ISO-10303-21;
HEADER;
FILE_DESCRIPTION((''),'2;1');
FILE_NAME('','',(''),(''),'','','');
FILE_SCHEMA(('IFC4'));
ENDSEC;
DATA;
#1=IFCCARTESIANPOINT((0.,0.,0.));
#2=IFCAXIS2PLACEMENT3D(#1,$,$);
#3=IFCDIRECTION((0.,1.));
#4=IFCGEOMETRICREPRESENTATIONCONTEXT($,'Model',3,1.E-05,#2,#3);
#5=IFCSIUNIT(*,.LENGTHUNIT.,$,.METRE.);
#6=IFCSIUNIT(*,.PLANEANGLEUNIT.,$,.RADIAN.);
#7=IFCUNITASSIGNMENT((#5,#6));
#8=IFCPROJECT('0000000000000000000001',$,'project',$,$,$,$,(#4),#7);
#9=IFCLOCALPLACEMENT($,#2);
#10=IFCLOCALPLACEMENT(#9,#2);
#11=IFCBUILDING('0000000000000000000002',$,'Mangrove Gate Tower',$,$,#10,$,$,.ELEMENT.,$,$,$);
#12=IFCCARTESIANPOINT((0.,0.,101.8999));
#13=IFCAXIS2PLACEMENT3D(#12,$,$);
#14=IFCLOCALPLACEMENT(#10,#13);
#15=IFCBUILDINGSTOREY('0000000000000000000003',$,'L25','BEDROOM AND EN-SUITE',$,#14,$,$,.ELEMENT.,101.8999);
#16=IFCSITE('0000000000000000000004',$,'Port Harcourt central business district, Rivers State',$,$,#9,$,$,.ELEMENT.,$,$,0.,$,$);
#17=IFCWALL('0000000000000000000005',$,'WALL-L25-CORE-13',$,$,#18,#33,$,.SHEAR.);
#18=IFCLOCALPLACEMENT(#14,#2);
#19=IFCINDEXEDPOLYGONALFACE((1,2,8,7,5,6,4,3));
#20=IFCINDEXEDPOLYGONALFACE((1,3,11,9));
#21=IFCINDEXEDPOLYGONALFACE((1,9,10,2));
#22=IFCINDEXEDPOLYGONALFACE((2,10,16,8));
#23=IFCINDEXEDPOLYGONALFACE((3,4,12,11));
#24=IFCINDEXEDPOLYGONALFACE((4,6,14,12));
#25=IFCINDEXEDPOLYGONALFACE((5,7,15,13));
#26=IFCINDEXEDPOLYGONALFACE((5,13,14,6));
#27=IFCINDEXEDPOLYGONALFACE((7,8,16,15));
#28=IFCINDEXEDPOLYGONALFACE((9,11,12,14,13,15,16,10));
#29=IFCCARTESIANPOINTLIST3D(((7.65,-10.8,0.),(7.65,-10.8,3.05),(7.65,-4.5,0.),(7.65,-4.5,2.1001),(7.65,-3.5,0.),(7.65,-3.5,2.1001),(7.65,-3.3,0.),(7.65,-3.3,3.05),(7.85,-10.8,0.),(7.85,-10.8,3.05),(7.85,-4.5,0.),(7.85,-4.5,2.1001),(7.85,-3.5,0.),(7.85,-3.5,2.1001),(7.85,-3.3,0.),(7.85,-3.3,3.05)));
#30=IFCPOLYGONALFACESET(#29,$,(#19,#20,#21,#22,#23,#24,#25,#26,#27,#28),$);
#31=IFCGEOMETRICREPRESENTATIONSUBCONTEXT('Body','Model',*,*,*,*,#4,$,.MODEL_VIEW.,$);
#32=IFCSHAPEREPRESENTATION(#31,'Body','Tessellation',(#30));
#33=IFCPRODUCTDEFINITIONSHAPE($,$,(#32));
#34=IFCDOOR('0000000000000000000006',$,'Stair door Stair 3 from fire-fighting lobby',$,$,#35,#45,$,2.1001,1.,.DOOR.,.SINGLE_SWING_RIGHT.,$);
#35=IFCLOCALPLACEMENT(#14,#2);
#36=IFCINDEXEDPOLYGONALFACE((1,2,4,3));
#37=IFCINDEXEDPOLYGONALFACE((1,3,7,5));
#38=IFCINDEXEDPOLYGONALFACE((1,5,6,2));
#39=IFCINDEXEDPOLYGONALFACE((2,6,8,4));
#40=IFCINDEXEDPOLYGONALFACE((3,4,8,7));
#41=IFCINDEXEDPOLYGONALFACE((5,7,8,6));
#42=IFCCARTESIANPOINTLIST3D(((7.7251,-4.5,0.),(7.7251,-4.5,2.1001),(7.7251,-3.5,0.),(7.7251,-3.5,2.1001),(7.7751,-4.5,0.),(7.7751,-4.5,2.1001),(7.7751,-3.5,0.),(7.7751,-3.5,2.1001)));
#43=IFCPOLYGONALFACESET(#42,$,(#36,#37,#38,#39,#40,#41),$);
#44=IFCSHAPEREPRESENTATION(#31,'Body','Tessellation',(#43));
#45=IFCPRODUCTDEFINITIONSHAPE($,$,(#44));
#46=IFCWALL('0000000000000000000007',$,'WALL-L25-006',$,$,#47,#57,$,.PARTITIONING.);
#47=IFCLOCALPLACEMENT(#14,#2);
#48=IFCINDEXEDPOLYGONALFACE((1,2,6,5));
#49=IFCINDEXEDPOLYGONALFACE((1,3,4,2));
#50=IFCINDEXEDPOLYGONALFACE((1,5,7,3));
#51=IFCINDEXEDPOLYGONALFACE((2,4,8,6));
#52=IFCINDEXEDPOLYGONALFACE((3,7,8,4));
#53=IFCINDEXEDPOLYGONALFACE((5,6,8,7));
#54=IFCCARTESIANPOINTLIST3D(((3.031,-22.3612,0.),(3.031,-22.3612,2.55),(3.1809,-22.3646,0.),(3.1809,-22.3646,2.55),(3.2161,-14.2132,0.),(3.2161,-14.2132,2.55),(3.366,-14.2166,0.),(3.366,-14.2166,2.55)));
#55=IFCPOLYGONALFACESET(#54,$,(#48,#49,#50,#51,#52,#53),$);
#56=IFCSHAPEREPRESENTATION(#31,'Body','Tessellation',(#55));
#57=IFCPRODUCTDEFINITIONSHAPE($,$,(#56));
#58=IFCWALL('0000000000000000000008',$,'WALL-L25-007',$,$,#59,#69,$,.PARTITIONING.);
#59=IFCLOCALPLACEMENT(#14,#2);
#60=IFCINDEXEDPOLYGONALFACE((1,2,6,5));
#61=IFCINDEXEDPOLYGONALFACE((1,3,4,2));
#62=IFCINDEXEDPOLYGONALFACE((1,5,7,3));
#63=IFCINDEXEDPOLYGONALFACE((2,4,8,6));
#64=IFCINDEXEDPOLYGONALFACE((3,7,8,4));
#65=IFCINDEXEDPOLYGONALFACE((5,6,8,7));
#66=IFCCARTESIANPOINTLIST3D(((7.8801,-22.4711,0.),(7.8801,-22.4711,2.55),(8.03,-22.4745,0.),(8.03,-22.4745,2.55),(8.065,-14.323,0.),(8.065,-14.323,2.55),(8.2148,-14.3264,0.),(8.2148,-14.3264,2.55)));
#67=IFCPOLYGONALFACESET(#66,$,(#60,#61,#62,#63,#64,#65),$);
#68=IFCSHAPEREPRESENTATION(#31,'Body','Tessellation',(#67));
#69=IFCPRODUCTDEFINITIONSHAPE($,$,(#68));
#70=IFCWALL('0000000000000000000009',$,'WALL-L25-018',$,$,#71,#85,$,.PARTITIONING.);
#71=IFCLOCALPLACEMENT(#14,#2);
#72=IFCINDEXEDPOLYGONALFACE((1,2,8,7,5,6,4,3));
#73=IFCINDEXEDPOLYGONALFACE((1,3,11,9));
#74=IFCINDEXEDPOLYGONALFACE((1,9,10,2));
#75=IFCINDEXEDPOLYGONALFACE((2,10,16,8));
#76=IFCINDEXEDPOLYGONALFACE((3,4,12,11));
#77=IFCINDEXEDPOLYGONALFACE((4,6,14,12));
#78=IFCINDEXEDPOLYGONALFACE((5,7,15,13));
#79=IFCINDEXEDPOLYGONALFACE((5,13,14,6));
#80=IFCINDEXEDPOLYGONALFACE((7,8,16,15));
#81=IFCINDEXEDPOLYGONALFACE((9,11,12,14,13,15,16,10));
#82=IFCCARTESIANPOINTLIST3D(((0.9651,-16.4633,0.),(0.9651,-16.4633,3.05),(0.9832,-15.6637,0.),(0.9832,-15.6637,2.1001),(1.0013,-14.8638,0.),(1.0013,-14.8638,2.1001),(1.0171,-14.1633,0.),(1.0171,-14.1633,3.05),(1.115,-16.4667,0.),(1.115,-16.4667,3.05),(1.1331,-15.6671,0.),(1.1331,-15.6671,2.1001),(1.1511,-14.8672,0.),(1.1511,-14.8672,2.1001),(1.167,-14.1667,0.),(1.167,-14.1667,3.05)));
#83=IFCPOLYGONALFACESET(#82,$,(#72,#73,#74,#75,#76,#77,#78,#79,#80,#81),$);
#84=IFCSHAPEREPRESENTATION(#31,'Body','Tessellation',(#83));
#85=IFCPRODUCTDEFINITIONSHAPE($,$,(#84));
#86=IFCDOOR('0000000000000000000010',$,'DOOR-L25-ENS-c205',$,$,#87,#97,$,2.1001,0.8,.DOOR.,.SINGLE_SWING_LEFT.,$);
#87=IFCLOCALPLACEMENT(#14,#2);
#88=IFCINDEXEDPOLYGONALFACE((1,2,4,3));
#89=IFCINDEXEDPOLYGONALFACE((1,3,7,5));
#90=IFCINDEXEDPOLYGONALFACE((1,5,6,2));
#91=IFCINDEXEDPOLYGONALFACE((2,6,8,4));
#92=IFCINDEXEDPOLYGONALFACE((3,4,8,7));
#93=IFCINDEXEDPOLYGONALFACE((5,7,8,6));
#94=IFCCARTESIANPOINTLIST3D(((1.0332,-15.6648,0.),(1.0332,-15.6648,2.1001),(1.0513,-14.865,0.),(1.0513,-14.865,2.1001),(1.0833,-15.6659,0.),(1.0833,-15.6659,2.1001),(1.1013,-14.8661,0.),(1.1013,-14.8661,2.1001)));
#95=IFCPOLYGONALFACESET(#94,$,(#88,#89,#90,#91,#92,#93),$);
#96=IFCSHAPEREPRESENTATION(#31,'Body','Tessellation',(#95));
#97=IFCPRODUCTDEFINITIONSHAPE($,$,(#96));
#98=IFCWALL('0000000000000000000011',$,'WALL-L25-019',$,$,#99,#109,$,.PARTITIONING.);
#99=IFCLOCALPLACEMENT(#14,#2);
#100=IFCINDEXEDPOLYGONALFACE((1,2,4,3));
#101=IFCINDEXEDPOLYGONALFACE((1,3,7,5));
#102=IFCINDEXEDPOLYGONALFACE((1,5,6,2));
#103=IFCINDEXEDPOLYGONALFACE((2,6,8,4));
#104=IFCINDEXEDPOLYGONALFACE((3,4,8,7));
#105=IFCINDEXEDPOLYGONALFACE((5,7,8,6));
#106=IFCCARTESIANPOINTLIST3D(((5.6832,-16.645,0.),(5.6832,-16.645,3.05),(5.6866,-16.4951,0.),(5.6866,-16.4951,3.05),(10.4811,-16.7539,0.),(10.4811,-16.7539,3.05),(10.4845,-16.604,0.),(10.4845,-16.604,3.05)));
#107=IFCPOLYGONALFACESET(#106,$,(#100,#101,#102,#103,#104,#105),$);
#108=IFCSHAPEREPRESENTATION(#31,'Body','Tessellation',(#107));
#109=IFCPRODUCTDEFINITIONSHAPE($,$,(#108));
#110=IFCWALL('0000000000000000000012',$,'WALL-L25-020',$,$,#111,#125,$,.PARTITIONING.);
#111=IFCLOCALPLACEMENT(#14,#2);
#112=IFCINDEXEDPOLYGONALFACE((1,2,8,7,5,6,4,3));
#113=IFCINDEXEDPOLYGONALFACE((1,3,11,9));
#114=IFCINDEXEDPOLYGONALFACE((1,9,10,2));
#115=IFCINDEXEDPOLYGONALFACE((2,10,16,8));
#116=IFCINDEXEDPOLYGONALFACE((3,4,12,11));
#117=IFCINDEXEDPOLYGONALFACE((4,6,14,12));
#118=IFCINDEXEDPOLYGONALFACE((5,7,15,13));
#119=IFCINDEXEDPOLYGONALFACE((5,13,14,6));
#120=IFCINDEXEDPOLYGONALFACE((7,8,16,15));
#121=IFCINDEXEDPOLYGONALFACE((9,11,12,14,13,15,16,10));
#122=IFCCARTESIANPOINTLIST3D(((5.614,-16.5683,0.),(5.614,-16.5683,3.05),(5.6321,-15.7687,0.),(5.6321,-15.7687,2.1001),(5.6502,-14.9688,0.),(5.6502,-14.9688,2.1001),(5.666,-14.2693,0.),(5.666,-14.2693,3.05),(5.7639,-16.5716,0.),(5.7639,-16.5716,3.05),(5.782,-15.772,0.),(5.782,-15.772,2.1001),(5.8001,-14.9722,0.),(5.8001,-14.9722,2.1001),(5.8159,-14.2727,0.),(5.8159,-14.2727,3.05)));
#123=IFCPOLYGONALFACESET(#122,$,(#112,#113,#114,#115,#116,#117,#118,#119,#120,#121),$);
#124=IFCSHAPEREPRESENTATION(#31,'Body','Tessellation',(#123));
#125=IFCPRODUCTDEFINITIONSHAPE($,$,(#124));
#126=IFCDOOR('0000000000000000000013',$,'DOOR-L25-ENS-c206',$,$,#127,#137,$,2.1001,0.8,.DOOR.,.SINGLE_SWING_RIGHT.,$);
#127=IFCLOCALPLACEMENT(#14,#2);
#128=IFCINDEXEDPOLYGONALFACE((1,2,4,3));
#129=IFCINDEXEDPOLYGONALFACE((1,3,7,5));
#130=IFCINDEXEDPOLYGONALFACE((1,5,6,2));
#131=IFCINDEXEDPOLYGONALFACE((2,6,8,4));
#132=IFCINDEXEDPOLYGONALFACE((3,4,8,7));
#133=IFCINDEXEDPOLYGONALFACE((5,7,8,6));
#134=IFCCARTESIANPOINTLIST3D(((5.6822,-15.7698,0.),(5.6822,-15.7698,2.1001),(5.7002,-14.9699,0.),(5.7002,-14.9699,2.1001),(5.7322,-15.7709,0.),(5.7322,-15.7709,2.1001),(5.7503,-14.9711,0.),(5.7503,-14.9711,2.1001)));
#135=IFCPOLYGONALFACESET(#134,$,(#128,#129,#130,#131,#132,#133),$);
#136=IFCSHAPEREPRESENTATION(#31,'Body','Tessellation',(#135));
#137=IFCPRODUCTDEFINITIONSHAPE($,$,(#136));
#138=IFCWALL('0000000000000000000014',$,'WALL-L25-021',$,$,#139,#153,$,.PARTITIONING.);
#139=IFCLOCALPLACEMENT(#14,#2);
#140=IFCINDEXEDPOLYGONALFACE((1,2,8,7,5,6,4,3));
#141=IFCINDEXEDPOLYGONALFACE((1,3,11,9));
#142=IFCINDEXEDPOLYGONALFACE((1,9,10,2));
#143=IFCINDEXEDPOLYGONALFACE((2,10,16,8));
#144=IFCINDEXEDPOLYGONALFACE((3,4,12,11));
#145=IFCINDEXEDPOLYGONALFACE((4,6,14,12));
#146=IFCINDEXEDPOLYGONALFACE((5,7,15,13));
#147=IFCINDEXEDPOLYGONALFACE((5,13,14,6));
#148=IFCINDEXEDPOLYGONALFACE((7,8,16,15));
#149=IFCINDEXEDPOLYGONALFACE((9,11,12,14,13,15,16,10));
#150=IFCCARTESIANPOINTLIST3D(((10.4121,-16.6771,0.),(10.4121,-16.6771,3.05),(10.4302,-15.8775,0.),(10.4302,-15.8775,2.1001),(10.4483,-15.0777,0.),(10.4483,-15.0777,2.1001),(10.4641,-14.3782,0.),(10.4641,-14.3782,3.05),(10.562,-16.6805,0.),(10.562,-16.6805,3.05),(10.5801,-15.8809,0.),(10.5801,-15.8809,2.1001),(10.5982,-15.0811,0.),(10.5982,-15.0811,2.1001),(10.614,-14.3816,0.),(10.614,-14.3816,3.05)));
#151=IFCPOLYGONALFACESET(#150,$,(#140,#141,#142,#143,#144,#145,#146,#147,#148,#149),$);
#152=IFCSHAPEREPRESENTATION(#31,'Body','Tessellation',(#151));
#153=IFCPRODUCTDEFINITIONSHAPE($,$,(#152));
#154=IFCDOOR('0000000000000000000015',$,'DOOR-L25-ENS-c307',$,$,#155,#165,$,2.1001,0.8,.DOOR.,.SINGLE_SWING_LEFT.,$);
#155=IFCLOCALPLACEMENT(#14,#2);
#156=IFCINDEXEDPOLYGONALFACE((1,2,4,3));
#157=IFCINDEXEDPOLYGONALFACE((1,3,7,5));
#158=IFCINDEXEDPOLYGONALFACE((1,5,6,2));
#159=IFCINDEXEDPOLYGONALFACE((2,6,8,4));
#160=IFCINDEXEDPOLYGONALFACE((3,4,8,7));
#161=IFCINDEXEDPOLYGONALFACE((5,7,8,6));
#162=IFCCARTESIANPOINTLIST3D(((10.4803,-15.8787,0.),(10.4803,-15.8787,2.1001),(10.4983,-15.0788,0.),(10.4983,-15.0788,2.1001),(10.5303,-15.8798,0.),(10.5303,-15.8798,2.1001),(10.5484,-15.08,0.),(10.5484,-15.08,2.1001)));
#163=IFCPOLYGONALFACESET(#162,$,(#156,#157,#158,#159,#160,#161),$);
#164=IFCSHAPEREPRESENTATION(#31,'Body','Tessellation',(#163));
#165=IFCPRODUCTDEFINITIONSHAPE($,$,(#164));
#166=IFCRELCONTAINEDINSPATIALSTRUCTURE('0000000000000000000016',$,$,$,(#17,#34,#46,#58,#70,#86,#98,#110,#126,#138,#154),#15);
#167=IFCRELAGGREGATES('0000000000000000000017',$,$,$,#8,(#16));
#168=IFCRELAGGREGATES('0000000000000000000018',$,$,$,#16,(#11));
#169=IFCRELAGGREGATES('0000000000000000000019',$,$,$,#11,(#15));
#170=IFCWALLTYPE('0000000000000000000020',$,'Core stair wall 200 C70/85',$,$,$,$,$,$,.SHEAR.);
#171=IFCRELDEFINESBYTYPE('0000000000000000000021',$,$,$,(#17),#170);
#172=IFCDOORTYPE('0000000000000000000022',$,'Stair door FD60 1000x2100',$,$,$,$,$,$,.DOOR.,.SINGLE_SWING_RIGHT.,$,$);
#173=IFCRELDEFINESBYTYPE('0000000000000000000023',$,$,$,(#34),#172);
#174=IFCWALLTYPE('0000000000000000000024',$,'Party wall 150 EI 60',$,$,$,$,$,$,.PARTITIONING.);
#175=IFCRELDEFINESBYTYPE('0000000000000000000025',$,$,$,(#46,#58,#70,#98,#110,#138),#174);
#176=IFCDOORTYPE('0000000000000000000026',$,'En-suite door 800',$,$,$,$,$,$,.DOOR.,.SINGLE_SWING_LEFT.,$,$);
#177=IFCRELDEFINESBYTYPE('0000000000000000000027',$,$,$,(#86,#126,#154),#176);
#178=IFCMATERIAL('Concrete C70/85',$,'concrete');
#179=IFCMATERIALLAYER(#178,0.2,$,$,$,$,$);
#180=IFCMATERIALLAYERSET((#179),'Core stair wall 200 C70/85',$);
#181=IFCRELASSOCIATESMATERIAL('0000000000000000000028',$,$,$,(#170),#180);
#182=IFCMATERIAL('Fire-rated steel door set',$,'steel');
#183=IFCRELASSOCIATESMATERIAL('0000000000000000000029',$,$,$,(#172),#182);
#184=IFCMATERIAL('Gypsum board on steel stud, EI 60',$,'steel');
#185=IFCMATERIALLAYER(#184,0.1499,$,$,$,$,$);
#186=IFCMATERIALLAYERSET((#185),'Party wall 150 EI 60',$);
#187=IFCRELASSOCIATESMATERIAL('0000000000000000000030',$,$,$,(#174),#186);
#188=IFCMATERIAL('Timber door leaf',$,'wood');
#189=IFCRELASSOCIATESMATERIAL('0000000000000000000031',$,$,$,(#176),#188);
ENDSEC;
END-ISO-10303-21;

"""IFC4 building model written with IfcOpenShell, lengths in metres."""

from ifc_helpers import new_model, si_unit, direction, frame, frame_2d, origin, place, context, subcontext, project, spatial, rectangle, extrude, material, layer, layer_set, type_object, element, fill, save


model = new_model("IFC4")

# Units and contexts
model_context = context("Model", 3, precision=1e-05, world=origin(), true_north=direction((0.0, 1.0)))
body_context = subcontext(model_context, "Body", "Model", "MODEL_VIEW")
ifc_project = project(units=[si_unit("LENGTHUNIT", "METRE"), si_unit("PLANEANGLEUNIT", "RADIAN")], contexts=[model_context])

# Site, building, storey
site_placement = place(None, origin())
site = spatial("IfcSite", under=ifc_project, at=site_placement, Name="Port Harcourt central business district, Rivers State", CompositionType="ELEMENT", RefElevation=0.0)
building_placement = place(site_placement, origin())
building = spatial("IfcBuilding", under=site, at=building_placement, Name="Mangrove Gate Tower", CompositionType="ELEMENT")
storey_placement = place(building_placement, frame((0.0, 0.0, 101.8999)))
storey = spatial("IfcBuildingStorey", under=building, at=storey_placement, Name="L25", Description="BEDROOM AND EN-SUITE", CompositionType="ELEMENT", Elevation=101.8999)

# Wall, opening, door
ifc_material_1 = material(Name="Concrete C70/85", Category="concrete")
ifc_layer_1 = layer(ifc_material_1, 0.2)
ifc_layer_set_1 = layer_set([ifc_layer_1], Name="Core stair wall 200 C70/85")
wall_type_1 = type_object("IfcWallType", Name="Core stair wall 200 C70/85", PredefinedType="SHEAR", material=ifc_layer_set_1)
ifc_material_2 = material(Name="Fire-rated steel door set", Category="steel")
door_type_1 = type_object("IfcDoorType", Name="Stair door FD60 1000x2100", OperationType="SINGLE_SWING_RIGHT", PredefinedType="DOOR", material=ifc_material_2)
wall_1_placement = place(storey_placement, frame((7.75, -10.8, 0.0), z_axis=(0.0, 0.0, 1.0), x_axis=(0.0, 1.0, 0.0)))
wall_1 = element("IfcWall", 1, at=wall_1_placement, inside=storey, type_object=wall_type_1, Name="WALL-L25-CORE-13", PredefinedType="SHEAR", context=body_context, shape_type="SweptSolid", body=[
    extrude(rectangle(XDim=7.5, YDim=0.2, at=frame_2d((3.75, 0.0))), origin(), (0.0, 0.0, 1.0), 3.05),
])
opening_1_placement = place(wall_1_placement, frame((6.3, 0.0, 0.0)))
opening_1 = element("IfcOpeningElement", 2, at=opening_1_placement, cuts=wall_1, PredefinedType="OPENING", context=body_context, shape_type="SweptSolid", body=[
    extrude(rectangle(XDim=1.0, YDim=2.1001, at=frame_2d((0.5, 1.05))), frame((0.0, 0.1099, 0.0), z_axis=(0.0, -1.0, 0.0), x_axis=(1.0, 0.0, 0.0)), (0.0, 0.0, 1.0), 0.22),
])
door_1_placement = place(opening_1_placement, origin())
door_1 = element("IfcDoor", 3, at=door_1_placement, inside=storey, type_object=door_type_1, Name="Stair door Stair 3 from fire-fighting lobby", OperationType="SINGLE_SWING_RIGHT", OverallHeight=2.1001, OverallWidth=1.0, PredefinedType="DOOR", context=body_context, shape_type="SweptSolid", body=[
    extrude(rectangle(XDim=1.0, YDim=2.1001, at=frame_2d((0.5, 1.05))), frame((0.0, 0.0249, 0.0), z_axis=(0.0, -1.0, 0.0), x_axis=(1.0, 0.0, 0.0)), (0.0, 0.0, 1.0), 0.05),
])
fill(opening_1, door_1)

# Walls
ifc_material_3 = material(Name="Gypsum board on steel stud, EI 60", Category="steel")
ifc_layer_2 = layer(ifc_material_3, 0.1499)
ifc_layer_set_2 = layer_set([ifc_layer_2], Name="Party wall 150 EI 60")
wall_type_2 = type_object("IfcWallType", Name="Party wall 150 EI 60", PredefinedType="PARTITIONING", material=ifc_layer_set_2)
for number, where, z_axis, x_axis, name in (
    (4, (3.106, -22.363, 0.0), (0.0, 0.0, 1.0), (0.022706, 0.999742, 0.0), "WALL-L25-006"),
    (5, (7.9551, -22.4729, 0.0), (0.0, 0.0, 1.0), (0.022676, 0.999743, 0.0), "WALL-L25-007"),
):
    element("IfcWall", number, at=place(storey_placement, frame(where, z_axis=z_axis, x_axis=x_axis)), inside=storey, type_object=wall_type_2, Name=name, PredefinedType="PARTITIONING", context=body_context, shape_type="SweptSolid", body=[
        extrude(rectangle(XDim=8.1501, YDim=0.1499, at=frame_2d((4.0752, 0.0))), origin(), (0.0, 0.0, 1.0), 2.55),
    ])

# Wall, opening, door
wall_2_placement = place(storey_placement, frame((1.04, -16.4651, 0.0), z_axis=(0.0, 0.0, 1.0), x_axis=(0.022603, 0.999745, 0.0)))
wall_2 = element("IfcWall", 6, at=wall_2_placement, inside=storey, type_object=wall_type_2, Name="WALL-L25-018", PredefinedType="PARTITIONING", context=body_context, shape_type="SweptSolid", body=[
    extrude(rectangle(XDim=2.3005, YDim=0.1499, at=frame_2d((1.1504, 0.0))), origin(), (0.0, 0.0, 1.0), 3.05),
])
opening_2_placement = place(wall_2_placement, frame((0.8, 0.0, 0.0)))
opening_2 = element("IfcOpeningElement", 7, at=opening_2_placement, cuts=wall_2, PredefinedType="OPENING", context=body_context, shape_type="SweptSolid", body=[
    extrude(rectangle(XDim=0.8, YDim=2.1001, at=frame_2d((0.3999, 1.05))), frame((0.0, 0.085, 0.0), z_axis=(0.0, -1.0, 0.0), x_axis=(1.0, 0.0, 0.0)), (0.0, 0.0, 1.0), 0.1699),
])
ifc_material_4 = material(Name="Timber door leaf", Category="wood")
door_type_2 = type_object("IfcDoorType", Name="En-suite door 800", OperationType="SINGLE_SWING_LEFT", PredefinedType="DOOR", material=ifc_material_4)
door_2_placement = place(opening_2_placement, origin())
door_2 = element("IfcDoor", 8, at=door_2_placement, inside=storey, type_object=door_type_2, Name="DOOR-L25-ENS-c205", OperationType="SINGLE_SWING_LEFT", OverallHeight=2.1001, OverallWidth=0.8, PredefinedType="DOOR", context=body_context, shape_type="SweptSolid", body=[
    extrude(rectangle(XDim=0.8, YDim=2.1001, at=frame_2d((0.3999, 1.05))), frame((0.0, 0.0249, 0.0), z_axis=(0.0, -1.0, 0.0), x_axis=(1.0, 0.0, 0.0)), (0.0, 0.0, 1.0), 0.05),
])
fill(opening_2, door_2)

# Wall
wall_3_placement = place(storey_placement, frame((5.6851, -16.5701, 0.0), z_axis=(0.0, 0.0, 1.0), x_axis=(0.999743, -0.022689, 0.0)))
element("IfcWall", 9, at=wall_3_placement, inside=storey, type_object=wall_type_2, Name="WALL-L25-019", PredefinedType="PARTITIONING", context=body_context, shape_type="SweptSolid", body=[
    extrude(rectangle(XDim=4.7991, YDim=0.1499, at=frame_2d((2.3994, 0.0))), origin(), (0.0, 0.0, 1.0), 3.05),
])

# Walls, openings, doors
wall_4_placement = place(storey_placement, frame((5.689, -16.5701, 0.0), z_axis=(0.0, 0.0, 1.0), x_axis=(0.022613, 0.999744, 0.0)))
wall_4 = element("IfcWall", 10, at=wall_4_placement, inside=storey, type_object=wall_type_2, Name="WALL-L25-020", PredefinedType="PARTITIONING", context=body_context, shape_type="SweptSolid", body=[
    extrude(rectangle(XDim=2.2996, YDim=0.1499, at=frame_2d((1.1499, 0.0))), origin(), (0.0, 0.0, 1.0), 3.05),
])
opening_3_placement = place(wall_4_placement, frame((0.8, 0.0, 0.0)))
opening_3 = element("IfcOpeningElement", 11, at=opening_3_placement, cuts=wall_4, PredefinedType="OPENING", context=body_context, shape_type="SweptSolid", body=[
    extrude(rectangle(XDim=0.8, YDim=2.1001, at=frame_2d((0.3999, 1.05))), frame((0.0, 0.085, 0.0), z_axis=(0.0, -1.0, 0.0), x_axis=(1.0, 0.0, 0.0)), (0.0, 0.0, 1.0), 0.1699),
])
door_3_placement = place(opening_3_placement, origin())
door_3 = element("IfcDoor", 12, at=door_3_placement, inside=storey, type_object=door_type_2, Name="DOOR-L25-ENS-c206", OperationType="SINGLE_SWING_RIGHT", OverallHeight=2.1001, OverallWidth=0.8, PredefinedType="DOOR", context=body_context, shape_type="SweptSolid", body=[
    extrude(rectangle(XDim=0.8, YDim=2.1001, at=frame_2d((0.3999, 1.05))), frame((0.0, 0.0249, 0.0), z_axis=(0.0, -1.0, 0.0), x_axis=(1.0, 0.0, 0.0)), (0.0, 0.0, 1.0), 0.05),
])
fill(opening_3, door_3)
wall_5_placement = place(storey_placement, frame((10.4871, -16.679, 0.0), z_axis=(0.0, 0.0, 1.0), x_axis=(0.022613, 0.999744, 0.0)))
wall_5 = element("IfcWall", 13, at=wall_5_placement, inside=storey, type_object=wall_type_2, Name="WALL-L25-021", PredefinedType="PARTITIONING", context=body_context, shape_type="SweptSolid", body=[
    extrude(rectangle(XDim=2.2996, YDim=0.1499, at=frame_2d((1.1499, 0.0))), origin(), (0.0, 0.0, 1.0), 3.05),
])
opening_4_placement = place(wall_5_placement, frame((0.8, 0.0, 0.0)))
opening_4 = element("IfcOpeningElement", 14, at=opening_4_placement, cuts=wall_5, PredefinedType="OPENING", context=body_context, shape_type="SweptSolid", body=[
    extrude(rectangle(XDim=0.8, YDim=2.1001, at=frame_2d((0.3999, 1.05))), frame((0.0, 0.085, 0.0), z_axis=(0.0, -1.0, 0.0), x_axis=(1.0, 0.0, 0.0)), (0.0, 0.0, 1.0), 0.1699),
])
door_4_placement = place(opening_4_placement, origin())
door_4 = element("IfcDoor", 15, at=door_4_placement, inside=storey, type_object=door_type_2, Name="DOOR-L25-ENS-c307", OperationType="SINGLE_SWING_LEFT", OverallHeight=2.1001, OverallWidth=0.8, PredefinedType="DOOR", context=body_context, shape_type="SweptSolid", body=[
    extrude(rectangle(XDim=0.8, YDim=2.1001, at=frame_2d((0.3999, 1.05))), frame((0.0, 0.0249, 0.0), z_axis=(0.0, -1.0, 0.0), x_axis=(1.0, 0.0, 0.0)), (0.0, 0.0, 1.0), 0.05),
])
fill(opening_4, door_4)

save(model, "model.ifc")
